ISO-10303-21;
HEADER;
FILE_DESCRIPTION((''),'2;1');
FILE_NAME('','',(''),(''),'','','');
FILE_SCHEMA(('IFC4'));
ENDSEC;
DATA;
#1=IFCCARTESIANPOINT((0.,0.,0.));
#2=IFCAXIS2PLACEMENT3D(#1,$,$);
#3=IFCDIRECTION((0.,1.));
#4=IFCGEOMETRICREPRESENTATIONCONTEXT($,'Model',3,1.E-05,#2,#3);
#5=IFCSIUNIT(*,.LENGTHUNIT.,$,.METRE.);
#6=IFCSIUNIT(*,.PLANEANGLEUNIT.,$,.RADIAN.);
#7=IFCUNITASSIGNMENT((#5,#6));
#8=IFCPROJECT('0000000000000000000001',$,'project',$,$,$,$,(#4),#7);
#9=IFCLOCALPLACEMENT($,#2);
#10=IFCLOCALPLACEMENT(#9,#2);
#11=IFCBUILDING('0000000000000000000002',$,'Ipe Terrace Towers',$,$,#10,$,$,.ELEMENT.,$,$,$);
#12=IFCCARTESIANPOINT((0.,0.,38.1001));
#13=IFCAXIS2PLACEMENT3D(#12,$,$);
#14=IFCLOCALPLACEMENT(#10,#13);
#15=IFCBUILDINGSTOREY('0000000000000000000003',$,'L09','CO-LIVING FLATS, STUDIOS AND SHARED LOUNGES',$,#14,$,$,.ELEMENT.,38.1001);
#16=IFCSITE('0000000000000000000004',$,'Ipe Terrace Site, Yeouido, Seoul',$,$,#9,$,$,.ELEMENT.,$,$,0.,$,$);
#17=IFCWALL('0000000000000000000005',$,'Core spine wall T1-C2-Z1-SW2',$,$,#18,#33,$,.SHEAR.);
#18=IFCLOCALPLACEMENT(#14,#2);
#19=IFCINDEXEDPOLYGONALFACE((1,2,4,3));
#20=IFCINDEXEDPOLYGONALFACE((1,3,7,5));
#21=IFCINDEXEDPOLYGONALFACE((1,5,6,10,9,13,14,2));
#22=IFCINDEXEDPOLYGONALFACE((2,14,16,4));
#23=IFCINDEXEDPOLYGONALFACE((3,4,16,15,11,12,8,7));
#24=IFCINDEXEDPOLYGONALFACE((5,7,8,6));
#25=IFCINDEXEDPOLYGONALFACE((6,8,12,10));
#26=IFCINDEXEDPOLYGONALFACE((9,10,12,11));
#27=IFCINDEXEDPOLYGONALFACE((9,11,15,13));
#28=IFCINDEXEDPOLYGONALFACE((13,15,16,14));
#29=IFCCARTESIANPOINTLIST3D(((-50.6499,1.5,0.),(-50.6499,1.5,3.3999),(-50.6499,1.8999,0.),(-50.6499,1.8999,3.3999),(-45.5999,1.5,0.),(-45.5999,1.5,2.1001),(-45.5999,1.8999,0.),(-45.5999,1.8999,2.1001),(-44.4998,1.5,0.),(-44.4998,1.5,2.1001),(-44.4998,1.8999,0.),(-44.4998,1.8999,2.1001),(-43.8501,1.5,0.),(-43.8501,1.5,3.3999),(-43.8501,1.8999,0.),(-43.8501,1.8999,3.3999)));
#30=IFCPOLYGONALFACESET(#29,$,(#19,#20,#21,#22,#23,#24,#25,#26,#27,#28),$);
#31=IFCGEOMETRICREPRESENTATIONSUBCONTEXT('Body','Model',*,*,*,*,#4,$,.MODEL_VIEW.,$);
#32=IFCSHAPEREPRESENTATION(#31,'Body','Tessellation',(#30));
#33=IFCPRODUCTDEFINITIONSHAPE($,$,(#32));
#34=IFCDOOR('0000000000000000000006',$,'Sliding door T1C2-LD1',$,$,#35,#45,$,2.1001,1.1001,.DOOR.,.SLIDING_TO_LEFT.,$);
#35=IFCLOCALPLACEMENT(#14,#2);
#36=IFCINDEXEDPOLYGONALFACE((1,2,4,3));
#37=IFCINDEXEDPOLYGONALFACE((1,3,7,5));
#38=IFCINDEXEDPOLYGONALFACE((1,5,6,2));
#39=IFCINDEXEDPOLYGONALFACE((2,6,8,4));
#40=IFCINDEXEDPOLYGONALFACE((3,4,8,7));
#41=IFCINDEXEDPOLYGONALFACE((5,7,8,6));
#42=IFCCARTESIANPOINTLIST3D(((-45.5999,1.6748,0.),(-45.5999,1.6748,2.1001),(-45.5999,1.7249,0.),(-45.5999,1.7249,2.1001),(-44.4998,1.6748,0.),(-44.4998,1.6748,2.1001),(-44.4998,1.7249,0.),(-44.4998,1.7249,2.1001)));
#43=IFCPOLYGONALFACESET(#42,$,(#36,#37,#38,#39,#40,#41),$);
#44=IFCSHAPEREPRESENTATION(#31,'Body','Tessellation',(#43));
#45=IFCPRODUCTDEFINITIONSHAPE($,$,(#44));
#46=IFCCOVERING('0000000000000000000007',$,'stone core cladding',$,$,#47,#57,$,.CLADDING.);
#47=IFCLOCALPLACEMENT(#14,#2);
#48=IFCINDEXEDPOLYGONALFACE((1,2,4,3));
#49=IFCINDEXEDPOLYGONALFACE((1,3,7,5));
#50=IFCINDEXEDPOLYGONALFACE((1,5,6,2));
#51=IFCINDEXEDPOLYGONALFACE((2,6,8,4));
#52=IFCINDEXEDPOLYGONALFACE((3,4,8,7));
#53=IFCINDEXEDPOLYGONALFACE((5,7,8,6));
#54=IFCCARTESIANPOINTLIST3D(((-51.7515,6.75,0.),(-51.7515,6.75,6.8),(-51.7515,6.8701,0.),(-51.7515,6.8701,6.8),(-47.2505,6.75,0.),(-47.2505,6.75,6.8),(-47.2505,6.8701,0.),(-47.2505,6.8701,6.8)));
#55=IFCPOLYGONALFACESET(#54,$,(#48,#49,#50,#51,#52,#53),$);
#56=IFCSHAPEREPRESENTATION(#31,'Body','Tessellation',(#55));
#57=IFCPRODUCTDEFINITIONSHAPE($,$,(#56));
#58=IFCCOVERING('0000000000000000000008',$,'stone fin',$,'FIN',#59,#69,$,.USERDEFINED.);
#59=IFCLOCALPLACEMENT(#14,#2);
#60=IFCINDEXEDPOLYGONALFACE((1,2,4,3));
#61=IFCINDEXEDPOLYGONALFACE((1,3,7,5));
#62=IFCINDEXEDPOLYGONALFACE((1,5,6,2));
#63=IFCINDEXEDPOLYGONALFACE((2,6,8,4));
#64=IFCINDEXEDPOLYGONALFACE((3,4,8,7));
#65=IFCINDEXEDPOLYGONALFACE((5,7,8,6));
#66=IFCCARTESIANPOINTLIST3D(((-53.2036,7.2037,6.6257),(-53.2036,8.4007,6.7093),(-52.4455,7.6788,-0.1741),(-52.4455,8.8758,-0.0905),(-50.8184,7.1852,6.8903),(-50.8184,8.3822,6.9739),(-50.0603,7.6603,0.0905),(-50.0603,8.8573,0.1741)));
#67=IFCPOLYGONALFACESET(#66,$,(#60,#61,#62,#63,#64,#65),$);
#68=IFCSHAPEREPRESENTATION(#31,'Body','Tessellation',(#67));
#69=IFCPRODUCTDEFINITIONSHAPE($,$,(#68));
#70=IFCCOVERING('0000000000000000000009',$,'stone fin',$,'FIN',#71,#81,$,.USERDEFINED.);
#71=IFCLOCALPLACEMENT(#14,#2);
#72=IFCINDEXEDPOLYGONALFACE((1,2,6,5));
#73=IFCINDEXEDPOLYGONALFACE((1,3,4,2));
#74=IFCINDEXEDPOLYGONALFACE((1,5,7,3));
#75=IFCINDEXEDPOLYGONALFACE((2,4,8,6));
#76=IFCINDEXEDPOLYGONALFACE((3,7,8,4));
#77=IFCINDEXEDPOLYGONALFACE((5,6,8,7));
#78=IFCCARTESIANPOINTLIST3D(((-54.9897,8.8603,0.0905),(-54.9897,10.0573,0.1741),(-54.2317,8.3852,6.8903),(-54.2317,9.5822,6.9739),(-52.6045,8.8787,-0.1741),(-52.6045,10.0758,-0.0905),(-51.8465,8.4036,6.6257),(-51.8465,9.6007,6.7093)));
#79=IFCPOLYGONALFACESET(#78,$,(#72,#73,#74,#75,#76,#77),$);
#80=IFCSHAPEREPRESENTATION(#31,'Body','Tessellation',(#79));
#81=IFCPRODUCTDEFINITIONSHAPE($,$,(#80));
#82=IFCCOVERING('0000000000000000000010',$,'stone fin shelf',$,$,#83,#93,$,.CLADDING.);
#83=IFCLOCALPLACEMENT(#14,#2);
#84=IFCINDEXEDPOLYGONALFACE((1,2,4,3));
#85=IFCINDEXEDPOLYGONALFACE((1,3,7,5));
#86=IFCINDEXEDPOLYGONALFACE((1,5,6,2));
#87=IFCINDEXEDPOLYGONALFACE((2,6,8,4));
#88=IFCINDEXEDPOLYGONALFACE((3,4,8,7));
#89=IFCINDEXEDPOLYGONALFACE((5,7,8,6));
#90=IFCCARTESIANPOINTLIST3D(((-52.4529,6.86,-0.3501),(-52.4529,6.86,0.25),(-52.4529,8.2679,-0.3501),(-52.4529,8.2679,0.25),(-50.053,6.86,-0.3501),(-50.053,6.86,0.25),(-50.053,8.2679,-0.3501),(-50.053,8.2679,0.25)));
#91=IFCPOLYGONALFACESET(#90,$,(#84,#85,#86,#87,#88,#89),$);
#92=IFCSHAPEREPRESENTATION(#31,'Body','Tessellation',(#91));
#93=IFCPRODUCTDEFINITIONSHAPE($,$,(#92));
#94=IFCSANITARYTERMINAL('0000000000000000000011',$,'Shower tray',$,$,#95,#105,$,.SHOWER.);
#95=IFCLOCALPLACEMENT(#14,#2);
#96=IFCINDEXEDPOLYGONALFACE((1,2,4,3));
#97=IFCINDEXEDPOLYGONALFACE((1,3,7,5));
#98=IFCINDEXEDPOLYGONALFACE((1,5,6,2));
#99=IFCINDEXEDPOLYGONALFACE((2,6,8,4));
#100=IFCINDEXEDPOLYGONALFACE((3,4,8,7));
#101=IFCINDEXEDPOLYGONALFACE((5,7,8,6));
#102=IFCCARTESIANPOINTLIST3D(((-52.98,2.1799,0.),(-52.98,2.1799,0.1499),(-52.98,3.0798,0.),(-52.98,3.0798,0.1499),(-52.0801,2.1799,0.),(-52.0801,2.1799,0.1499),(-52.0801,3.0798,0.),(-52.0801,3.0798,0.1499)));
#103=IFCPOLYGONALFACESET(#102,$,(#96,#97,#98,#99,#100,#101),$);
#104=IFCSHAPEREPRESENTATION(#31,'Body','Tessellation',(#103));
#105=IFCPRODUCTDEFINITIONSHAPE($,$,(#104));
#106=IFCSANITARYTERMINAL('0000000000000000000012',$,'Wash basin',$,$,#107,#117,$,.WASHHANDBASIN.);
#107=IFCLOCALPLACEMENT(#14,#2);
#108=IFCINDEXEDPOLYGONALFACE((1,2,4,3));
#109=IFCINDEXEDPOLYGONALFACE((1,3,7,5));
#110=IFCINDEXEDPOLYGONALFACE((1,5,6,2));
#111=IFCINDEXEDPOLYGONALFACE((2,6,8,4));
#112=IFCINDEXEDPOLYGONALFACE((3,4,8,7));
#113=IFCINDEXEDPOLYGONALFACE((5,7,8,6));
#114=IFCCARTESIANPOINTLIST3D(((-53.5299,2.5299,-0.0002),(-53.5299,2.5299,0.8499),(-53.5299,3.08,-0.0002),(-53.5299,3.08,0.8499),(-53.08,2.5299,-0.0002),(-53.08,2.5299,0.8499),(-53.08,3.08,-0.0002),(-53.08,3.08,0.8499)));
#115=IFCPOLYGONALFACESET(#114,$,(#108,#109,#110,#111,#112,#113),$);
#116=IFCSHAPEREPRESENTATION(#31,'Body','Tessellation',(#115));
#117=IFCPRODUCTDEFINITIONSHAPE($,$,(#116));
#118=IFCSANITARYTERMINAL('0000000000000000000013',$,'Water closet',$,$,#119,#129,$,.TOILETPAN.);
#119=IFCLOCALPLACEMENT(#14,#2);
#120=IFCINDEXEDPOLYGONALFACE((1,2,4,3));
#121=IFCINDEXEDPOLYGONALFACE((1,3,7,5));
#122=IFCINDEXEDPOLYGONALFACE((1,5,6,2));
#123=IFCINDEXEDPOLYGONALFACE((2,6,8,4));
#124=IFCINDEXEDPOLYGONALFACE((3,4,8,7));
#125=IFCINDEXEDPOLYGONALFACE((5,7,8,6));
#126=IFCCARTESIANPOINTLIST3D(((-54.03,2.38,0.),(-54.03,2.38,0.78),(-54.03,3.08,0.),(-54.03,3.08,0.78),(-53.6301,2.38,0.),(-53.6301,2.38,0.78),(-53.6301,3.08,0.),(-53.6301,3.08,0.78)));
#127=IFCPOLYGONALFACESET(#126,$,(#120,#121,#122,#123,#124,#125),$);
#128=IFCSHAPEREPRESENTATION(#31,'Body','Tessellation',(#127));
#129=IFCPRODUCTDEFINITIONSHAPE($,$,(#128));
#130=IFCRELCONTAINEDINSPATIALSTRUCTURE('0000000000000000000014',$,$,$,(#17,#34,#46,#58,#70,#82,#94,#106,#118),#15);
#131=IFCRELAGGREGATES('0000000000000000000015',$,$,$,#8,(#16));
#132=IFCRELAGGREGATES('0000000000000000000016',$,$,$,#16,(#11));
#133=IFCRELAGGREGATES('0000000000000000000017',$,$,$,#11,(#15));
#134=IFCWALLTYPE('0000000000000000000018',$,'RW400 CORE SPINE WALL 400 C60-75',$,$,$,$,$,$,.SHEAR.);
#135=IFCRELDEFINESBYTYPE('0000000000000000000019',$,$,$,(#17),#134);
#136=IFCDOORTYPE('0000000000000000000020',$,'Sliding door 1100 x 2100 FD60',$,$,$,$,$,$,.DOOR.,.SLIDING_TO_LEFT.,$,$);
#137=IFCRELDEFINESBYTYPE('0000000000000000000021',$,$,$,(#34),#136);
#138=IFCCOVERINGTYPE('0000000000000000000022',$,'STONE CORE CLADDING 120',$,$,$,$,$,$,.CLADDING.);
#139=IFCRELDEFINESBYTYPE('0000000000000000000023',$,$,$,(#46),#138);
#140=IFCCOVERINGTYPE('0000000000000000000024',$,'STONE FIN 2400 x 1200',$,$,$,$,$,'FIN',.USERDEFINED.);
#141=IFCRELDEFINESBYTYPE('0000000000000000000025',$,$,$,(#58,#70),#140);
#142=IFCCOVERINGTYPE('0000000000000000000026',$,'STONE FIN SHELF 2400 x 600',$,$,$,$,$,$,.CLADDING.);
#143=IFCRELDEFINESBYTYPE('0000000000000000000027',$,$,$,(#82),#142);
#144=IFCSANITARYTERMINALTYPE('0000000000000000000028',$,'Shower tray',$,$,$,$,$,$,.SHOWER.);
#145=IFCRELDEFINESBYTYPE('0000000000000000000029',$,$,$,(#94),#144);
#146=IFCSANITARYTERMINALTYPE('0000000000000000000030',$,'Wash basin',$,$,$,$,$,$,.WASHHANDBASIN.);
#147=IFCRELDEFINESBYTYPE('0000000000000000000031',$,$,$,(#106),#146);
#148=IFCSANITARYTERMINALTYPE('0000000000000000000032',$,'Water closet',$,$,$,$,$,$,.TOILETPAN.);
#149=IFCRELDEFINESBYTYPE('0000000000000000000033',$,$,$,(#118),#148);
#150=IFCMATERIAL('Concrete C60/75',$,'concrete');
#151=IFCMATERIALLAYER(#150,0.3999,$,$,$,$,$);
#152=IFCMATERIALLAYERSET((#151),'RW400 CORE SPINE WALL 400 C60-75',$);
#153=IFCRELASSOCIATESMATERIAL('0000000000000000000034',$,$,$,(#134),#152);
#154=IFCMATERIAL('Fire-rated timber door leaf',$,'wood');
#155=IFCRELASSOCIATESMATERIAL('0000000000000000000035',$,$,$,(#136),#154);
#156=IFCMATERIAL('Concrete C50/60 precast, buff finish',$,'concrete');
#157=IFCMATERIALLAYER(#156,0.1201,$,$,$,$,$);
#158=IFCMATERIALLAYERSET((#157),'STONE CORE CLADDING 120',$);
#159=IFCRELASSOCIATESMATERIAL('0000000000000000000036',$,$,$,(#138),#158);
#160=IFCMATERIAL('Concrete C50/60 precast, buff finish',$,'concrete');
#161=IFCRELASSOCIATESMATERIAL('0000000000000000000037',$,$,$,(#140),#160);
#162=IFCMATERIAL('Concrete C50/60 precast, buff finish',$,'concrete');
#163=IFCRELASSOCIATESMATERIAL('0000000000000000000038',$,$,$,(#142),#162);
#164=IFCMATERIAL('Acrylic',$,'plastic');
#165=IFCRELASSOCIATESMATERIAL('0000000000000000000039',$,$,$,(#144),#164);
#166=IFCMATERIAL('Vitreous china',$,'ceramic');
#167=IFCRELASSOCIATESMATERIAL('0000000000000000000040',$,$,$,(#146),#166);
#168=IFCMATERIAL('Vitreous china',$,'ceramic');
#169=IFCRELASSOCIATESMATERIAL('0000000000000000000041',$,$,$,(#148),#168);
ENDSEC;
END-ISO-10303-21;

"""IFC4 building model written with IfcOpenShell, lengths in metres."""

from ifc_helpers import new_model, si_unit, direction, frame, frame_2d, origin, origin_2d, place, context, subcontext, project, spatial, rectangle, extrude, material, layer, layer_set, material_profile, profile_set, type_object, element, fill, save


model = new_model("IFC4")

# Units and contexts
model_context = context("Model", 3, precision=1e-05, world=origin(), true_north=direction((0.0, 1.0)))
body_context = subcontext(model_context, "Body", "Model", "MODEL_VIEW")
ifc_project = project(units=[si_unit("LENGTHUNIT", "METRE"), si_unit("PLANEANGLEUNIT", "RADIAN")], contexts=[model_context])

# Site, building, storey
site_placement = place(None, origin())
site = spatial("IfcSite", under=ifc_project, at=site_placement, Name="Ipe Terrace Site, Yeouido, Seoul", CompositionType="ELEMENT", RefElevation=0.0)
building_placement = place(site_placement, origin())
building = spatial("IfcBuilding", under=site, at=building_placement, Name="Ipe Terrace Towers", CompositionType="ELEMENT")
storey_placement = place(building_placement, frame((0.0, 0.0, 38.1001)))
storey = spatial("IfcBuildingStorey", under=building, at=storey_placement, Name="L09", Description="CO-LIVING FLATS, STUDIOS AND SHARED LOUNGES", CompositionType="ELEMENT", Elevation=38.1001)

# Wall, opening, door
ifc_material_1 = material(Name="Concrete C60/75", Category="concrete")
ifc_layer_1 = layer(ifc_material_1, 0.3999)
ifc_layer_set_1 = layer_set([ifc_layer_1], Name="RW400 CORE SPINE WALL 400 C60-75")
wall_type_1 = type_object("IfcWallType", Name="RW400 CORE SPINE WALL 400 C60-75", PredefinedType="SHEAR", material=ifc_layer_set_1)
wall_1_placement = place(storey_placement, frame((-50.6499, 1.7, 0.0), z_axis=(0.0, 0.0, 1.0), x_axis=(1.0, 0.0, 0.0)))
wall_1 = element("IfcWall", 1, at=wall_1_placement, inside=storey, type_object=wall_type_1, Name="Core spine wall T1-C2-Z1-SW2", PredefinedType="SHEAR", context=body_context, shape_type="SweptSolid", body=[
    extrude(rectangle(XDim=6.7998, YDim=0.3999, at=frame_2d((3.3999, 0.0))), origin(), (0.0, 0.0, 1.0), 3.3999),
])
opening_1_placement = place(wall_1_placement, frame((5.05, 0.0, 0.0)))
opening_1 = element("IfcOpeningElement", 2, at=opening_1_placement, cuts=wall_1, PredefinedType="OPENING", context=body_context, shape_type="SweptSolid", body=[
    extrude(rectangle(XDim=1.1001, YDim=2.1001, at=frame_2d((0.55, 1.05))), frame((0.0, 0.21, 0.0), z_axis=(0.0, -1.0, 0.0), x_axis=(1.0, 0.0, 0.0)), (0.0, 0.0, 1.0), 0.4199),
])
ifc_material_2 = material(Name="Fire-rated timber door leaf", Category="wood")
door_type_1 = type_object("IfcDoorType", Name="Sliding door 1100 x 2100 FD60", OperationType="SLIDING_TO_LEFT", PredefinedType="DOOR", material=ifc_material_2)
door_1_placement = place(opening_1_placement, origin())
door_1 = element("IfcDoor", 3, at=door_1_placement, inside=storey, type_object=door_type_1, Name="Sliding door T1C2-LD1", OperationType="SLIDING_TO_LEFT", OverallHeight=2.1001, OverallWidth=1.1001, PredefinedType="DOOR", context=body_context, shape_type="SweptSolid", body=[
    extrude(rectangle(XDim=1.1001, YDim=2.1001, at=frame_2d((0.55, 1.05))), frame((0.0, 0.0249, 0.0), z_axis=(0.0, -1.0, 0.0), x_axis=(1.0, 0.0, 0.0)), (0.0, 0.0, 1.0), 0.05),
])
fill(opening_1, door_1)

# Coverings
ifc_material_3 = material(Name="Concrete C50/60 precast, buff finish", Category="concrete")
ifc_layer_2 = layer(ifc_material_3, 0.1201)
ifc_layer_set_2 = layer_set([ifc_layer_2], Name="STONE CORE CLADDING 120")
covering_type_1 = type_object("IfcCoveringType", Name="STONE CORE CLADDING 120", PredefinedType="CLADDING", material=ifc_layer_set_2)
covering_1_placement = place(storey_placement, frame((-49.501, 6.8101, 0.0), z_axis=(0.0, 0.0, 1.0), x_axis=(-1.0, 0.0, 0.0)))
element("IfcCovering", 4, at=covering_1_placement, inside=storey, type_object=covering_type_1, Name="stone core cladding", PredefinedType="CLADDING", context=body_context, shape_type="SweptSolid", body=[
    extrude(rectangle(XDim=4.501, YDim=0.1201, at=origin_2d()), origin(), (0.0, 0.0, 1.0), 6.8),
])
ifc_material_4 = material(Name="Concrete C50/60 precast, buff finish", Category="concrete")
ifc_material_profile_1 = material_profile(ifc_material_4, rectangle(XDim=2.3999, YDim=1.2, at=origin_2d()), Name="STONE FIN 2400 x 1200")
ifc_profile_set_1 = profile_set([ifc_material_profile_1], Name="Concrete C50/60 precast, buff finish")
covering_type_2 = type_object("IfcCoveringType", Name="STONE FIN 2400 x 1200", ElementType="FIN", PredefinedType="USERDEFINED", material=ifc_profile_set_1)
for number, where, z_axis, x_axis, name in (
    (5, (-51.2529, 8.2681, 0.0), (-0.11053, -0.069272, 0.991456), (-0.993873, 0.007704, -0.110261), "stone fin"),
    (6, (-53.7971, 9.468, 0.0), (0.11053, -0.069272, 0.991456), (-0.993873, -0.007704, 0.110261), "stone fin"),
):
    element("IfcCovering", number, at=place(storey_placement, frame(where, z_axis=z_axis, x_axis=x_axis)), inside=storey, type_object=covering_type_2, Name=name, ObjectType="FIN", PredefinedType="USERDEFINED", context=body_context, shape_type="SweptSolid", body=[
        extrude(rectangle(XDim=2.3999, YDim=1.2, at=origin_2d()), origin(), (0.0, 0.0, 1.0), 6.8584),
    ])
ifc_material_5 = material(Name="Concrete C50/60 precast, buff finish", Category="concrete")
covering_type_3 = type_object("IfcCoveringType", Name="STONE FIN SHELF 2400 x 600", PredefinedType="CLADDING", material=ifc_material_5)
covering_2_placement = place(storey_placement, frame((-51.2529, 7.564, -0.3501), z_axis=(0.0, 0.0, 1.0), x_axis=(-1.0, 0.0, 0.0)))
element("IfcCovering", 7, at=covering_2_placement, inside=storey, type_object=covering_type_3, Name="stone fin shelf", PredefinedType="CLADDING", context=body_context, shape_type="SweptSolid", body=[
    extrude(rectangle(XDim=2.3999, YDim=1.408, at=origin_2d()), origin(), (0.0, 0.0, 1.0), 0.6001),
])

# Sanitary terminals
ifc_material_6 = material(Name="Acrylic", Category="plastic")
sanitary_terminal_type_1 = type_object("IfcSanitaryTerminalType", Name="Shower tray", PredefinedType="SHOWER", material=ifc_material_6)
sanitary_terminal_1_placement = place(storey_placement, frame((-52.53, 2.6299, 0.0), z_axis=(0.0, 0.0, 1.0), x_axis=(0.0, -1.0, 0.0)))
element("IfcSanitaryTerminal", 8, at=sanitary_terminal_1_placement, inside=storey, type_object=sanitary_terminal_type_1, Name="Shower tray", PredefinedType="SHOWER", context=body_context, shape_type="SweptSolid", body=[
    extrude(rectangle(XDim=0.8999, YDim=0.8999, at=origin_2d()), origin(), (0.0, 0.0, 1.0), 0.1499),
])
ifc_material_7 = material(Name="Vitreous china", Category="ceramic")
sanitary_terminal_type_2 = type_object("IfcSanitaryTerminalType", Name="Wash basin", PredefinedType="WASHHANDBASIN", material=ifc_material_7)
sanitary_terminal_2_placement = place(storey_placement, frame((-53.3049, 2.8049, -0.0002), z_axis=(0.0, 0.0, 1.0), x_axis=(0.0, -1.0, 0.0)))
element("IfcSanitaryTerminal", 9, at=sanitary_terminal_2_placement, inside=storey, type_object=sanitary_terminal_type_2, Name="Wash basin", PredefinedType="WASHHANDBASIN", context=body_context, shape_type="SweptSolid", body=[
    extrude(rectangle(XDim=0.55, YDim=0.45, at=origin_2d()), origin(), (0.0, 0.0, 1.0), 0.8501),
])
ifc_material_8 = material(Name="Vitreous china", Category="ceramic")
sanitary_terminal_type_3 = type_object("IfcSanitaryTerminalType", Name="Water closet", PredefinedType="TOILETPAN", material=ifc_material_8)
sanitary_terminal_3_placement = place(storey_placement, frame((-53.8301, 2.73, 0.0), z_axis=(0.0, 0.0, 1.0), x_axis=(0.0, -1.0, 0.0)))
element("IfcSanitaryTerminal", 10, at=sanitary_terminal_3_placement, inside=storey, type_object=sanitary_terminal_type_3, Name="Water closet", PredefinedType="TOILETPAN", context=body_context, shape_type="SweptSolid", body=[
    extrude(rectangle(XDim=0.7, YDim=0.3999, at=origin_2d()), origin(), (0.0, 0.0, 1.0), 0.78),
])

save(model, "model.ifc")
